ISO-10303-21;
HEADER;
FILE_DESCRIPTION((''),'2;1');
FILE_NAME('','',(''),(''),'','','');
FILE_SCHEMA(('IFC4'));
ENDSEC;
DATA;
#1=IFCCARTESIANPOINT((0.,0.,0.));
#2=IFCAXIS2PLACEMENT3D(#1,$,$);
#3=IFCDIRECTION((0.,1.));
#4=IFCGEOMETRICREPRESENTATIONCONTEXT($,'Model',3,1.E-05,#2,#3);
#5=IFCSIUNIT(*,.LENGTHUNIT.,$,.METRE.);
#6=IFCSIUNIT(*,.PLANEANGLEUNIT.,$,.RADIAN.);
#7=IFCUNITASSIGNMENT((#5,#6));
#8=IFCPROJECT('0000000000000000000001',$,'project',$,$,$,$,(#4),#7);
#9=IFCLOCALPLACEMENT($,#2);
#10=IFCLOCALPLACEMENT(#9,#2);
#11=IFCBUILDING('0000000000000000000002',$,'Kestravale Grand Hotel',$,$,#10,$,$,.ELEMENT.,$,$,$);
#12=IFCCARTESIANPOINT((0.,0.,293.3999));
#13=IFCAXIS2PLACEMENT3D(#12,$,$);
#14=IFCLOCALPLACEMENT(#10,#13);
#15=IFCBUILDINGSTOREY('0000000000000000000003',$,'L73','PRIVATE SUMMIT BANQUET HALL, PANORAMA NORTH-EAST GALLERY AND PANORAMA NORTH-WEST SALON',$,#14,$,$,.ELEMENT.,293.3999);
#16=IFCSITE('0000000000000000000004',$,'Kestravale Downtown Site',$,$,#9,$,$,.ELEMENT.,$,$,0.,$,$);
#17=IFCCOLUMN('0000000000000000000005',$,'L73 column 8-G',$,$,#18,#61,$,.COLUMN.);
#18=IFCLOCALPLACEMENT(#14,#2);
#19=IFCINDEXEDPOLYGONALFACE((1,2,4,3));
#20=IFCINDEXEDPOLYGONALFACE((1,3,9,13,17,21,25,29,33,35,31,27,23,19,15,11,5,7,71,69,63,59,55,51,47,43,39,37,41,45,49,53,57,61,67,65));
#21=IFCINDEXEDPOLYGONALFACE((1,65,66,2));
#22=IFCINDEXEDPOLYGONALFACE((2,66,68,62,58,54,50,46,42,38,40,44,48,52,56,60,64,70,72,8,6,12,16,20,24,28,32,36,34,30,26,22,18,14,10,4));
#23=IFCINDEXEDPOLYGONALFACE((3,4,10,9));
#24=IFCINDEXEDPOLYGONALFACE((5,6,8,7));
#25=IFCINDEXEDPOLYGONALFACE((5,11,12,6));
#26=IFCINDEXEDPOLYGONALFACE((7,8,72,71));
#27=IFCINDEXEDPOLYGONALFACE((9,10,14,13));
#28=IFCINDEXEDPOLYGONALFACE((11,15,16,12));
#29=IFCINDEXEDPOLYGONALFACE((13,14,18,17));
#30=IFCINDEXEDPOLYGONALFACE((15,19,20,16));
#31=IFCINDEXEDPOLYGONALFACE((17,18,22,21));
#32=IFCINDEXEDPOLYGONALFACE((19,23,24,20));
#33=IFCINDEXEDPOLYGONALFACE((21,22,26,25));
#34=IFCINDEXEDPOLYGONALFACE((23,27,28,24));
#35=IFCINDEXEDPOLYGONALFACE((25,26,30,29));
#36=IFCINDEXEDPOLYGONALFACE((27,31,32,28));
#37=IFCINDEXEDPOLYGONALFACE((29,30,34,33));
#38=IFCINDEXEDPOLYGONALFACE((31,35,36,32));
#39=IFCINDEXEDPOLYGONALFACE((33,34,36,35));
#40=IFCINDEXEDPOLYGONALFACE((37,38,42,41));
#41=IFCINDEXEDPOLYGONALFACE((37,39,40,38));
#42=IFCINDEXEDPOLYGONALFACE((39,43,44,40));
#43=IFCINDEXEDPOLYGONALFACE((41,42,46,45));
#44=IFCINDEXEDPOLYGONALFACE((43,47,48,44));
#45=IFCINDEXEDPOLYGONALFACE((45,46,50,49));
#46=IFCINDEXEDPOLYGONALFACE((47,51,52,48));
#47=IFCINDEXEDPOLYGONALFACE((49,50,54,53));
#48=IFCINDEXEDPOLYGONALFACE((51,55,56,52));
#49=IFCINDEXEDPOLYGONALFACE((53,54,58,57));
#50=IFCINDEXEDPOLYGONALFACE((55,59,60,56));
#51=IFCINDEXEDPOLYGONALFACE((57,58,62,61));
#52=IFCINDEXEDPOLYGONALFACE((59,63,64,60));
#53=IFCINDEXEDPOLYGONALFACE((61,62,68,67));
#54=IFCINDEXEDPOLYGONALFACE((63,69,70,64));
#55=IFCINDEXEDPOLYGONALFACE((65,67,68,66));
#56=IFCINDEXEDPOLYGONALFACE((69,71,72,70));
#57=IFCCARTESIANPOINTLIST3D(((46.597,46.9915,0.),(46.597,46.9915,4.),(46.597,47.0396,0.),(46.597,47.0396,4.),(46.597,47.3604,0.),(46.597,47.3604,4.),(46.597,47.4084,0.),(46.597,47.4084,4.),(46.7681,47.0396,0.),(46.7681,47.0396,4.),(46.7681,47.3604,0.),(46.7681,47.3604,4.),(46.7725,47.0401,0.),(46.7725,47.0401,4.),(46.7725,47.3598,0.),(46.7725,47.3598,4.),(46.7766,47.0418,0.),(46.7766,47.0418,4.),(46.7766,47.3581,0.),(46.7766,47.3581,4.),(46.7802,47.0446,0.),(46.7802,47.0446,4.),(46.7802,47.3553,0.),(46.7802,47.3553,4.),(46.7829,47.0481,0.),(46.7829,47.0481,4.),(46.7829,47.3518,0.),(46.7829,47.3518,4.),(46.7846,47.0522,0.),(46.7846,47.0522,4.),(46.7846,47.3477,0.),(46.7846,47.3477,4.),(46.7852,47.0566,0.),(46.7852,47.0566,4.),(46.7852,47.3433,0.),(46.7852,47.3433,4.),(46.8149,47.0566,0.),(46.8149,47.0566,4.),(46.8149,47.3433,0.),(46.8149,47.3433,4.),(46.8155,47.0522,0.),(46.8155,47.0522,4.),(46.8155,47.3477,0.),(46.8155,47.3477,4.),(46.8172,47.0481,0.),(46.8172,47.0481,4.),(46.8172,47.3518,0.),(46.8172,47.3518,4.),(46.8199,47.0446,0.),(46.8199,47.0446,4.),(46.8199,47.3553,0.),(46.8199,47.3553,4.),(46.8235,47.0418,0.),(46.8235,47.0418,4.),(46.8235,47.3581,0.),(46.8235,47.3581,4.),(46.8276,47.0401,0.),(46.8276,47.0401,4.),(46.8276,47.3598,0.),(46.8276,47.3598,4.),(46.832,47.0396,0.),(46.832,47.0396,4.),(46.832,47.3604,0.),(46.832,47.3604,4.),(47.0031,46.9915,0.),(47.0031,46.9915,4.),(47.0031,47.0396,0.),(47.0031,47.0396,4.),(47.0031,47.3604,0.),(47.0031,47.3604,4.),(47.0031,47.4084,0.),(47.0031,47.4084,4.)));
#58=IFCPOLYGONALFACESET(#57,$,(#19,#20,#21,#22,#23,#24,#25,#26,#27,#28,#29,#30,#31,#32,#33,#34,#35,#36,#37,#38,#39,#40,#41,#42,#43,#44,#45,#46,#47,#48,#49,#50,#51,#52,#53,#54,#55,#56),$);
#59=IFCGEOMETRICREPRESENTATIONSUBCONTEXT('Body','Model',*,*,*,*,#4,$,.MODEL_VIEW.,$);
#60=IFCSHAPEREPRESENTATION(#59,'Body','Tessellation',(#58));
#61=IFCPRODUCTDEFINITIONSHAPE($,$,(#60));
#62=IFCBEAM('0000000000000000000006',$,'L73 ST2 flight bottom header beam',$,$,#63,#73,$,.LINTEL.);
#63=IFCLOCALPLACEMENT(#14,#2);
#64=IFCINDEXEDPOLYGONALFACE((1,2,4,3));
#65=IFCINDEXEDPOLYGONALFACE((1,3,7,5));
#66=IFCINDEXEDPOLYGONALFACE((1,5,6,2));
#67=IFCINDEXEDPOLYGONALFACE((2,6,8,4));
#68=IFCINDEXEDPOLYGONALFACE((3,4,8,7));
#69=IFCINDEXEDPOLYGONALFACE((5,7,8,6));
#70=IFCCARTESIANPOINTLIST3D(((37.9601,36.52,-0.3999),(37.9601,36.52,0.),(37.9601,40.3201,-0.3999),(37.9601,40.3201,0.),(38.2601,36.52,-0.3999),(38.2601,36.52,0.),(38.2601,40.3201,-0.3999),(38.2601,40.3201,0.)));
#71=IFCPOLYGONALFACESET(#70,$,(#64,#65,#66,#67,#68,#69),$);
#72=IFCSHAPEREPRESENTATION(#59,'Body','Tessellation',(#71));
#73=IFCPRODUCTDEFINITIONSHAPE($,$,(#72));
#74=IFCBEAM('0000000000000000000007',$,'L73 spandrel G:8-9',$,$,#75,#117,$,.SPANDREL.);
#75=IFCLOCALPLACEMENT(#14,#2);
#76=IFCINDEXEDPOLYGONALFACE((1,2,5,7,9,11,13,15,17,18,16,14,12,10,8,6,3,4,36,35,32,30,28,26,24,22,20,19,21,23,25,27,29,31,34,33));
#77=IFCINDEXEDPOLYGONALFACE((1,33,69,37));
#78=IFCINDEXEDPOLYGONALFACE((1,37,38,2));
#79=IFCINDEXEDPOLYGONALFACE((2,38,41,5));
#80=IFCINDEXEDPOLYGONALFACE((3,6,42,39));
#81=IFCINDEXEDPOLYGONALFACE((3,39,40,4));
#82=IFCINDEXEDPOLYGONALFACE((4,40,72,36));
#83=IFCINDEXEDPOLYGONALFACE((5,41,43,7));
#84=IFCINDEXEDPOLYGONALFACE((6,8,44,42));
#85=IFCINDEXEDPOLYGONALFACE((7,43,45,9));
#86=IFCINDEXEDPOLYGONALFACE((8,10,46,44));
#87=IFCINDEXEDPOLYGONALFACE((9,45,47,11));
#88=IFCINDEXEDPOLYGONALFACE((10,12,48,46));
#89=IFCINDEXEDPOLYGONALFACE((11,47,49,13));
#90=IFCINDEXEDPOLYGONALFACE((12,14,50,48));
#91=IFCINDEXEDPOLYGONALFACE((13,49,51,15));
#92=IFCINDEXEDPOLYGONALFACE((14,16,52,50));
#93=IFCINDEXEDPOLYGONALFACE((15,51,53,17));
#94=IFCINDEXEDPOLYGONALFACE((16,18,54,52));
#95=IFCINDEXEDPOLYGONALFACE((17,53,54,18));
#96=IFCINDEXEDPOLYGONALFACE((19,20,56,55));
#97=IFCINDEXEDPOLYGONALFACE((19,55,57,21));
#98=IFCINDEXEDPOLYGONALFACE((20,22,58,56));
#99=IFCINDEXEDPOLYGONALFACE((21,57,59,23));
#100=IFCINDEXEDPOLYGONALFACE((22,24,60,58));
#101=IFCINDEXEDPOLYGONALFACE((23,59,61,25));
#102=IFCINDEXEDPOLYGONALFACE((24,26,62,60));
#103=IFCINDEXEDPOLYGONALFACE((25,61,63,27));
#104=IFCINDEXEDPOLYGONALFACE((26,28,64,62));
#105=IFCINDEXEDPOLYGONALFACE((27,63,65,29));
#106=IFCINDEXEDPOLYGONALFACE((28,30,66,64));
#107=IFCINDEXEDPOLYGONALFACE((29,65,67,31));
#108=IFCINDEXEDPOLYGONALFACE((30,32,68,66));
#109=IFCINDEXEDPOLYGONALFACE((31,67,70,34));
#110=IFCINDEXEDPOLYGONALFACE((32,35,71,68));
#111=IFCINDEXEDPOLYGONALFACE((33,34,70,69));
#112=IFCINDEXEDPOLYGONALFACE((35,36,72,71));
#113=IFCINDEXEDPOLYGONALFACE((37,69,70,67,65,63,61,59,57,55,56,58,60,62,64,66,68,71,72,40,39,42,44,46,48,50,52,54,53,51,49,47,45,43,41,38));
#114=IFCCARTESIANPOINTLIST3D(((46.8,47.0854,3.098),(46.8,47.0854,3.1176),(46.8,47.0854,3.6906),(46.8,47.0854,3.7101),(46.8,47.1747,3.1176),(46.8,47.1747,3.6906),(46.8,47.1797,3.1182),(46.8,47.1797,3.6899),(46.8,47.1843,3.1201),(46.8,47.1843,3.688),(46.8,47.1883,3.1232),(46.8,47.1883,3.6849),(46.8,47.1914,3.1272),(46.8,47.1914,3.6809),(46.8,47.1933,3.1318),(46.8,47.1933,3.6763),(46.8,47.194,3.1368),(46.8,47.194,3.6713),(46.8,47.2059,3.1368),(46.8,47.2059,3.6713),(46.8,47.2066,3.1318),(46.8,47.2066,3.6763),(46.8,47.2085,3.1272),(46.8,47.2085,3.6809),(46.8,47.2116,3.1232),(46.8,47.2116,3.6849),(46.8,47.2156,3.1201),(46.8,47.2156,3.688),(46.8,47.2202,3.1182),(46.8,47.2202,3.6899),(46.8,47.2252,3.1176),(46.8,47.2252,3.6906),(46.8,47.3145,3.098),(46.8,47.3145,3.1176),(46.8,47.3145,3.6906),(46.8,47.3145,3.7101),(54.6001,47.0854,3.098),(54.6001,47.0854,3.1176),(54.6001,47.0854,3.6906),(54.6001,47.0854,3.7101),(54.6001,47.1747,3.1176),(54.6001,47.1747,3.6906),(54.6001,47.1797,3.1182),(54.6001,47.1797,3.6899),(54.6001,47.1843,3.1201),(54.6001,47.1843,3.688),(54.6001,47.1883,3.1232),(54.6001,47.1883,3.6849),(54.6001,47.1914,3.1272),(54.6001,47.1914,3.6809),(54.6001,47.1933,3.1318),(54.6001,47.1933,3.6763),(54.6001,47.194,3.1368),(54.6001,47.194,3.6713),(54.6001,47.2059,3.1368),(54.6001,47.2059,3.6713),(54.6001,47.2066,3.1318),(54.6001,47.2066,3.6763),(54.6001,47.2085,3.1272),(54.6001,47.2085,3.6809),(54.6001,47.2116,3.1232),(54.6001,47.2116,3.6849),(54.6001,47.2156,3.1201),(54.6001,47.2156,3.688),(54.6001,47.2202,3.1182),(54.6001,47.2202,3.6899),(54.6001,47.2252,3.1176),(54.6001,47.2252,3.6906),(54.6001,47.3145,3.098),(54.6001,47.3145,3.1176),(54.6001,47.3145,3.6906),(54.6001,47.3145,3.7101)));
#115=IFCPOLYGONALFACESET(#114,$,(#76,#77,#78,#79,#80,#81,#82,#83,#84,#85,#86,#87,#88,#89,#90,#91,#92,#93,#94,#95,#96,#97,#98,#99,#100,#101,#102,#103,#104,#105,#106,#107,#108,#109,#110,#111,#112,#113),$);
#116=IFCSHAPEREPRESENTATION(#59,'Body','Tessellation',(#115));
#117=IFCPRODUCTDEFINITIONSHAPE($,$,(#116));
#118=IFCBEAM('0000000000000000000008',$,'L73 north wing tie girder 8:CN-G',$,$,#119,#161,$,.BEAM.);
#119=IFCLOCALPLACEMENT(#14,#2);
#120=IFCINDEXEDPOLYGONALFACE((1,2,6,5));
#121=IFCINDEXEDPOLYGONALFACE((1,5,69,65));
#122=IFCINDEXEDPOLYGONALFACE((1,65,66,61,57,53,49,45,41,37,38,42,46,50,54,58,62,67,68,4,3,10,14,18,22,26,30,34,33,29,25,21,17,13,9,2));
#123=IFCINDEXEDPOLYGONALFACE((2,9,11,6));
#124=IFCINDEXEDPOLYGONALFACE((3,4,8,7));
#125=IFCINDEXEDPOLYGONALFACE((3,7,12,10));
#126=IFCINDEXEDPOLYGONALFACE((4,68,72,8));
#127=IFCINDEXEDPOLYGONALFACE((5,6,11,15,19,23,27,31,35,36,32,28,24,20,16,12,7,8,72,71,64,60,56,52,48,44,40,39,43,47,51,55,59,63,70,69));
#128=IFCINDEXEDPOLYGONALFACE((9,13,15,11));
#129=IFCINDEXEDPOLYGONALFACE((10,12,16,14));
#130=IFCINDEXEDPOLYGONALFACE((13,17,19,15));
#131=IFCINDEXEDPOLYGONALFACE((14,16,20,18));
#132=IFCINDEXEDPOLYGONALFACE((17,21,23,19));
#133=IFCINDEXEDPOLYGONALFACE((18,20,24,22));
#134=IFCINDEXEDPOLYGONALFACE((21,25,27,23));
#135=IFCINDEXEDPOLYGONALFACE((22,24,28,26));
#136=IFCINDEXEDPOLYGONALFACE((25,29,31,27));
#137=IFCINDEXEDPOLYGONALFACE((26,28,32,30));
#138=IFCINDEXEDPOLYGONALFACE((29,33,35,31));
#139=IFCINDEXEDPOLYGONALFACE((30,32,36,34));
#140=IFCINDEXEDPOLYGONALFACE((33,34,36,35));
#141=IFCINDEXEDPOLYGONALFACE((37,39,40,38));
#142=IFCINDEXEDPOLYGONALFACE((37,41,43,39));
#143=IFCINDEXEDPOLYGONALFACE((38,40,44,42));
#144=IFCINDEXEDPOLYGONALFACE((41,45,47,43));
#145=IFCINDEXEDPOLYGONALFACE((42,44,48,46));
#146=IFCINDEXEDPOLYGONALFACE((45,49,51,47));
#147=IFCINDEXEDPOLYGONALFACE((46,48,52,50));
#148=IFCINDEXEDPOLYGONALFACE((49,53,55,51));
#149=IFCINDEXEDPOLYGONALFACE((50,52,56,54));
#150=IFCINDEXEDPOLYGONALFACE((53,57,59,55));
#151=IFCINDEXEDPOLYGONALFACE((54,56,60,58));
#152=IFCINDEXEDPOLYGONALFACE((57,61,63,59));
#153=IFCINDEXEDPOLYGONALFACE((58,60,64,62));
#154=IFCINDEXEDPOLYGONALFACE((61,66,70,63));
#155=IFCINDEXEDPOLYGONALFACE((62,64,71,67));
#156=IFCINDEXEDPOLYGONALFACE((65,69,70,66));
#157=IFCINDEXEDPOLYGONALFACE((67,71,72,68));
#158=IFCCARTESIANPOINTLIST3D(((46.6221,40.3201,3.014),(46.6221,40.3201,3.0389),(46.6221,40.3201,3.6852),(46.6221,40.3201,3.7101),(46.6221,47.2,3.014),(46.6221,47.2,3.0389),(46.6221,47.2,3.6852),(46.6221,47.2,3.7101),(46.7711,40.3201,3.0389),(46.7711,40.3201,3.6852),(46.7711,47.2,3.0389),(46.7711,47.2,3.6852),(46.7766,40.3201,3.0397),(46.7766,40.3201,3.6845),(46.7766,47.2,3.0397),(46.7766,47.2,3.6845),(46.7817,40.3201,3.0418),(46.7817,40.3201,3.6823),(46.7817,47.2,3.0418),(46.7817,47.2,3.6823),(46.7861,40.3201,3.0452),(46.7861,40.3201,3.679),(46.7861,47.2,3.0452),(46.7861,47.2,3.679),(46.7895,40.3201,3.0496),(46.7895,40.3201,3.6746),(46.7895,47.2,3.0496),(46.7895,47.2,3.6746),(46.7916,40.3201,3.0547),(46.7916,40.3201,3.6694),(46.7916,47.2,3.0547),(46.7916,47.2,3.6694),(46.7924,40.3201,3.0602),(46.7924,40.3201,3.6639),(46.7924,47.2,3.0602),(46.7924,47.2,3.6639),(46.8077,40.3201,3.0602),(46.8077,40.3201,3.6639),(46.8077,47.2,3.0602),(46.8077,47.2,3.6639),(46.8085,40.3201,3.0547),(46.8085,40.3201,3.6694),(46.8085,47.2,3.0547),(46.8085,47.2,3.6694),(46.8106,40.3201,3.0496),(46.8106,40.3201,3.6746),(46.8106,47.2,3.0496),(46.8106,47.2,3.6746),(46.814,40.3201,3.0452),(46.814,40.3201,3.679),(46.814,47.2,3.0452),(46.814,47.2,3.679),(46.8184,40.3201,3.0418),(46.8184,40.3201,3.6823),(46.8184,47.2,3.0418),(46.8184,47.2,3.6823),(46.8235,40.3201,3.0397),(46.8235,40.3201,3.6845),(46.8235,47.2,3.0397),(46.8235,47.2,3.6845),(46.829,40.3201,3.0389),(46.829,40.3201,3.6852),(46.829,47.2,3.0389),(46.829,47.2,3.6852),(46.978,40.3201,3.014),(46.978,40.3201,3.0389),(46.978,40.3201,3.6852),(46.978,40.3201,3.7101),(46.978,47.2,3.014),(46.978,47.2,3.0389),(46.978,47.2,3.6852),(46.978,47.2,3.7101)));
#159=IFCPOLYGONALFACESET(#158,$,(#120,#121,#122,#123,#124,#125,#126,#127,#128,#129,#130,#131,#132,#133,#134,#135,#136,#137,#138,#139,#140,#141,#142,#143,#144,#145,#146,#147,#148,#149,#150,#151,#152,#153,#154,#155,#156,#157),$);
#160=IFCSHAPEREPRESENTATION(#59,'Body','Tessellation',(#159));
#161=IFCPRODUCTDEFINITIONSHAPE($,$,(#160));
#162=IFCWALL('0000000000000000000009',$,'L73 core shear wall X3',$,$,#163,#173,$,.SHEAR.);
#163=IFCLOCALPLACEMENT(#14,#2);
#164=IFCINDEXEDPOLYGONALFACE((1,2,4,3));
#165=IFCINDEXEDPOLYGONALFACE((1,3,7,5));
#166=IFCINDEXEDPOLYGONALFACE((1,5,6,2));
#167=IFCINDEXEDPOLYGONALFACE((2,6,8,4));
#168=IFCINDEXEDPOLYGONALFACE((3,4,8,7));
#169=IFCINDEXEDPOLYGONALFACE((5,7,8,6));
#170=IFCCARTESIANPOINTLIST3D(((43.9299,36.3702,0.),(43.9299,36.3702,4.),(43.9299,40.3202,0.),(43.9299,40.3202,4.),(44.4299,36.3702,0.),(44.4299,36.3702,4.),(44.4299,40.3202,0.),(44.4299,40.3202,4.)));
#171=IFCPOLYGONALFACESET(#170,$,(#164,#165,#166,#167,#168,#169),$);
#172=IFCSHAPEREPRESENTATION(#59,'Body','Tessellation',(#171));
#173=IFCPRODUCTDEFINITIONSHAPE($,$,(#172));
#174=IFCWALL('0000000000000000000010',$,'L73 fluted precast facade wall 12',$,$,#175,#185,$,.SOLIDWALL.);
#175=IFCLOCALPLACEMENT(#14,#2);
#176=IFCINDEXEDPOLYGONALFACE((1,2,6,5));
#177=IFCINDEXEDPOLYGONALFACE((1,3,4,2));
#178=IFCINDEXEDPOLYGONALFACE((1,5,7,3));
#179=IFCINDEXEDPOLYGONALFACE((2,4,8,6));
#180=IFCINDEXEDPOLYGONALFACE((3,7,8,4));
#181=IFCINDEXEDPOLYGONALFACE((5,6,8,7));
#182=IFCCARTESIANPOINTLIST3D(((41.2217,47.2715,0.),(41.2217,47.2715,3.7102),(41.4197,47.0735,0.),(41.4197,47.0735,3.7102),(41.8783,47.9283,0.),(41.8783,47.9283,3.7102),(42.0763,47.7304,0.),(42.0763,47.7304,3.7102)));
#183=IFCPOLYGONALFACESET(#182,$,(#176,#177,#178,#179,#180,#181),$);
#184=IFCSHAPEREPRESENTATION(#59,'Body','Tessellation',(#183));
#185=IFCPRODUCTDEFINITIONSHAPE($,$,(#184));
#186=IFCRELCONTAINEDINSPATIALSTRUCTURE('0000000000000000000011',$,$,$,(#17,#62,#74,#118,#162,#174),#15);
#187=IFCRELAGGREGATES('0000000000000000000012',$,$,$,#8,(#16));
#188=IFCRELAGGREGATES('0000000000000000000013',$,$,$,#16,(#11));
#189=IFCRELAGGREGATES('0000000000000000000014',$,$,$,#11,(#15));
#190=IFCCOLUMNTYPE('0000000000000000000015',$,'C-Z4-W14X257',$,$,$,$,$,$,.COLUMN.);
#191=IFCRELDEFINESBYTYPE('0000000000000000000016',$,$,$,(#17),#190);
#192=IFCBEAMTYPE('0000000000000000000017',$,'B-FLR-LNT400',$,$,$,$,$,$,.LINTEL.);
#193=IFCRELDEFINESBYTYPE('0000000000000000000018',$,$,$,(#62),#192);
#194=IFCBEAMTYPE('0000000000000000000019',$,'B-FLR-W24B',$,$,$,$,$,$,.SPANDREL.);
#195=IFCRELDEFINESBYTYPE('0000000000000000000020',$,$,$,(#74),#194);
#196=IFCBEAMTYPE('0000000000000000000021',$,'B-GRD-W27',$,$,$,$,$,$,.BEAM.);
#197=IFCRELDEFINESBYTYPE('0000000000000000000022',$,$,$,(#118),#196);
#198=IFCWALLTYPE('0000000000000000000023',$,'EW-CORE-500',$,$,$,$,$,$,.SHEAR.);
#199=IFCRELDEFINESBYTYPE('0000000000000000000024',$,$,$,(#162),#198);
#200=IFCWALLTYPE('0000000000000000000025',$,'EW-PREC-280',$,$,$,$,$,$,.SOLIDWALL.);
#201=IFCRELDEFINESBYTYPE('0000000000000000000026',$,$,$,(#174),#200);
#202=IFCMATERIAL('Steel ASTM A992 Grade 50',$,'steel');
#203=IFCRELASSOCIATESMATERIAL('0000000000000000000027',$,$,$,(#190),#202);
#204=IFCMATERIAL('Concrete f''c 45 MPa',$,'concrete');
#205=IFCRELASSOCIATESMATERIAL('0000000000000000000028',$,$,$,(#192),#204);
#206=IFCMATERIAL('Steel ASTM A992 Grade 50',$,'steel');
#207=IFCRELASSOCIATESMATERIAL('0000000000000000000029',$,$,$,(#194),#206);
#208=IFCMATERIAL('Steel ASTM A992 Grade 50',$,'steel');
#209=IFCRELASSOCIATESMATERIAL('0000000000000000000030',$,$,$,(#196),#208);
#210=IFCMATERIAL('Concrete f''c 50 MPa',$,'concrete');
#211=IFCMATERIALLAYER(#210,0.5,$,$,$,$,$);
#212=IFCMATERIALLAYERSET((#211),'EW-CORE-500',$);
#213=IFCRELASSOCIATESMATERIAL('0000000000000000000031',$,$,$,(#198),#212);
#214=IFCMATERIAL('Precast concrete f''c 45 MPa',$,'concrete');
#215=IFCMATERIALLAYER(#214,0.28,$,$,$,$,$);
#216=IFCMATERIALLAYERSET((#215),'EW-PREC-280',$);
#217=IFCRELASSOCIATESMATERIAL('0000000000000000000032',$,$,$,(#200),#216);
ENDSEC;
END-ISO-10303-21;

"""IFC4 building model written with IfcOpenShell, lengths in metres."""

from ifc_helpers import new_model, si_unit, direction, frame, frame_2d, origin, origin_2d, place, context, subcontext, project, spatial, rectangle, i_section, extrude, material, layer, layer_set, material_profile, profile_set, type_object, element, save


model = new_model("IFC4")

# Units and contexts
model_context = context("Model", 3, precision=1e-05, world=origin(), true_north=direction((0.0, 1.0)))
body_context = subcontext(model_context, "Body", "Model", "MODEL_VIEW")
ifc_project = project(units=[si_unit("LENGTHUNIT", "METRE"), si_unit("PLANEANGLEUNIT", "RADIAN")], contexts=[model_context])

# Site, building, storey
site_placement = place(None, origin())
site = spatial("IfcSite", under=ifc_project, at=site_placement, Name="Kestravale Downtown Site", CompositionType="ELEMENT", RefElevation=0.0)
building_placement = place(site_placement, origin())
building = spatial("IfcBuilding", under=site, at=building_placement, Name="Kestravale Grand Hotel", CompositionType="ELEMENT")
storey_placement = place(building_placement, frame((0.0, 0.0, 293.3999)))
storey = spatial("IfcBuildingStorey", under=building, at=storey_placement, Name="L73", Description="PRIVATE SUMMIT BANQUET HALL, PANORAMA NORTH-EAST GALLERY AND PANORAMA NORTH-WEST SALON", CompositionType="ELEMENT", Elevation=293.3999)

# Column
ifc_material_1 = material(Name="Steel ASTM A992 Grade 50", Category="steel")
ifc_material_profile_1 = material_profile(ifc_material_1, i_section(OverallWidth=0.406, OverallDepth=0.417, WebThickness=0.0298, FlangeThickness=0.0481, FilletRadius=0.0171, at=origin_2d()))
ifc_profile_set_1 = profile_set([ifc_material_profile_1], Name="Steel ASTM A992 Grade 50")
column_type = type_object("IfcColumnType", Name="C-Z4-W14X257", PredefinedType="COLUMN", material=ifc_profile_set_1)
column_placement = place(storey_placement, frame((46.8, 47.2, 0.0), z_axis=(0.0, 0.0, 1.0), x_axis=(1.0, 0.0, 0.0)))
element("IfcColumn", 1, at=column_placement, inside=storey, type_object=column_type, Name="L73 column 8-G", PredefinedType="COLUMN", context=body_context, shape_type="SweptSolid", body=[
    extrude(i_section(OverallWidth=0.406, OverallDepth=0.417, WebThickness=0.0298, FlangeThickness=0.0481, FilletRadius=0.0171, at=origin_2d()), origin(), (0.0, 0.0, 1.0), 4.0),
])

# Beams
ifc_material_2 = material(Name="Concrete f'c 45 MPa", Category="concrete")
ifc_material_profile_2 = material_profile(ifc_material_2, rectangle(XDim=0.3, YDim=0.3999, at=origin_2d()))
ifc_profile_set_2 = profile_set([ifc_material_profile_2], Name="Concrete f'c 45 MPa")
beam_type_1 = type_object("IfcBeamType", Name="B-FLR-LNT400", PredefinedType="LINTEL", material=ifc_profile_set_2)
beam_1_placement = place(storey_placement, frame((38.1101, 36.52, -0.2), z_axis=(0.0, 1.0, 0.0), x_axis=(-1.0, 0.0, 0.0)))
element("IfcBeam", 2, at=beam_1_placement, inside=storey, type_object=beam_type_1, Name="L73 ST2 flight bottom header beam", PredefinedType="LINTEL", context=body_context, shape_type="SweptSolid", body=[
    extrude(rectangle(XDim=0.3, YDim=0.3999, at=origin_2d()), origin(), (0.0, 0.0, 1.0), 3.8),
])
ifc_material_3 = material(Name="Steel ASTM A992 Grade 50", Category="steel")
ifc_material_profile_3 = material_profile(ifc_material_3, i_section(OverallWidth=0.229, OverallDepth=0.6121, WebThickness=0.012, FlangeThickness=0.0195, FilletRadius=0.0193, at=origin_2d()))
ifc_profile_set_3 = profile_set([ifc_material_profile_3], Name="Steel ASTM A992 Grade 50")
beam_type_2 = type_object("IfcBeamType", Name="B-FLR-W24B", PredefinedType="SPANDREL", material=ifc_profile_set_3)
beam_2_placement = place(storey_placement, frame((46.8, 47.2, 3.4041), z_axis=(1.0, 0.0, 0.0), x_axis=(0.0, 1.0, 0.0)))
element("IfcBeam", 3, at=beam_2_placement, inside=storey, type_object=beam_type_2, Name="L73 spandrel G:8-9", PredefinedType="SPANDREL", context=body_context, shape_type="SweptSolid", body=[
    extrude(i_section(OverallWidth=0.229, OverallDepth=0.6121, WebThickness=0.012, FlangeThickness=0.0195, FilletRadius=0.0193, at=origin_2d()), origin(), (0.0, 0.0, 1.0), 7.8),
])
ifc_material_4 = material(Name="Steel ASTM A992 Grade 50", Category="steel")
ifc_material_profile_4 = material_profile(ifc_material_4, i_section(OverallWidth=0.356, OverallDepth=0.696, WebThickness=0.0154, FlangeThickness=0.0249, FilletRadius=0.0212, at=origin_2d()))
ifc_profile_set_4 = profile_set([ifc_material_profile_4], Name="Steel ASTM A992 Grade 50")
beam_type_3 = type_object("IfcBeamType", Name="B-GRD-W27", PredefinedType="BEAM", material=ifc_profile_set_4)
beam_3_placement = place(storey_placement, frame((46.8, 40.3201, 3.3621), z_axis=(0.0, 1.0, 0.0), x_axis=(-1.0, 0.0, 0.0)))
element("IfcBeam", 4, at=beam_3_placement, inside=storey, type_object=beam_type_3, Name="L73 north wing tie girder 8:CN-G", PredefinedType="BEAM", context=body_context, shape_type="SweptSolid", body=[
    extrude(i_section(OverallWidth=0.356, OverallDepth=0.696, WebThickness=0.0154, FlangeThickness=0.0249, FilletRadius=0.0212, at=origin_2d()), origin(), (0.0, 0.0, 1.0), 6.8799),
])

# Walls
ifc_material_5 = material(Name="Concrete f'c 50 MPa", Category="concrete")
ifc_layer_1 = layer(ifc_material_5, 0.5)
ifc_layer_set_1 = layer_set([ifc_layer_1], Name="EW-CORE-500")
wall_type_1 = type_object("IfcWallType", Name="EW-CORE-500", PredefinedType="SHEAR", material=ifc_layer_set_1)
wall_1_placement = place(storey_placement, frame((44.1799, 36.3701, 0.0), z_axis=(0.0, 0.0, 1.0), x_axis=(0.0, 1.0, 0.0)))
element("IfcWall", 5, at=wall_1_placement, inside=storey, type_object=wall_type_1, Name="L73 core shear wall X3", PredefinedType="SHEAR", context=body_context, shape_type="SweptSolid", body=[
    extrude(rectangle(XDim=3.95, YDim=0.5, at=frame_2d((1.9751, 0.0))), origin(), (0.0, 0.0, 1.0), 4.0),
])
ifc_material_6 = material(Name="Precast concrete f'c 45 MPa", Category="concrete")
ifc_layer_2 = layer(ifc_material_6, 0.28)
ifc_layer_set_2 = layer_set([ifc_layer_2], Name="EW-PREC-280")
wall_type_2 = type_object("IfcWallType", Name="EW-PREC-280", PredefinedType="SOLIDWALL", material=ifc_layer_set_2)
wall_2_placement = place(storey_placement, frame((41.9773, 47.8293, 0.0), z_axis=(0.0, 0.0, 1.0), x_axis=(-0.706975, -0.707238, 0.0)))
element("IfcWall", 6, at=wall_2_placement, inside=storey, type_object=wall_type_2, Name="L73 fluted precast facade wall 12", PredefinedType="SOLIDWALL", context=body_context, shape_type="SweptSolid", body=[
    extrude(rectangle(XDim=0.9287, YDim=0.28, at=frame_2d((0.4644, 0.0))), origin(), (0.0, 0.0, 1.0), 3.7102),
])

save(model, "model.ifc")
